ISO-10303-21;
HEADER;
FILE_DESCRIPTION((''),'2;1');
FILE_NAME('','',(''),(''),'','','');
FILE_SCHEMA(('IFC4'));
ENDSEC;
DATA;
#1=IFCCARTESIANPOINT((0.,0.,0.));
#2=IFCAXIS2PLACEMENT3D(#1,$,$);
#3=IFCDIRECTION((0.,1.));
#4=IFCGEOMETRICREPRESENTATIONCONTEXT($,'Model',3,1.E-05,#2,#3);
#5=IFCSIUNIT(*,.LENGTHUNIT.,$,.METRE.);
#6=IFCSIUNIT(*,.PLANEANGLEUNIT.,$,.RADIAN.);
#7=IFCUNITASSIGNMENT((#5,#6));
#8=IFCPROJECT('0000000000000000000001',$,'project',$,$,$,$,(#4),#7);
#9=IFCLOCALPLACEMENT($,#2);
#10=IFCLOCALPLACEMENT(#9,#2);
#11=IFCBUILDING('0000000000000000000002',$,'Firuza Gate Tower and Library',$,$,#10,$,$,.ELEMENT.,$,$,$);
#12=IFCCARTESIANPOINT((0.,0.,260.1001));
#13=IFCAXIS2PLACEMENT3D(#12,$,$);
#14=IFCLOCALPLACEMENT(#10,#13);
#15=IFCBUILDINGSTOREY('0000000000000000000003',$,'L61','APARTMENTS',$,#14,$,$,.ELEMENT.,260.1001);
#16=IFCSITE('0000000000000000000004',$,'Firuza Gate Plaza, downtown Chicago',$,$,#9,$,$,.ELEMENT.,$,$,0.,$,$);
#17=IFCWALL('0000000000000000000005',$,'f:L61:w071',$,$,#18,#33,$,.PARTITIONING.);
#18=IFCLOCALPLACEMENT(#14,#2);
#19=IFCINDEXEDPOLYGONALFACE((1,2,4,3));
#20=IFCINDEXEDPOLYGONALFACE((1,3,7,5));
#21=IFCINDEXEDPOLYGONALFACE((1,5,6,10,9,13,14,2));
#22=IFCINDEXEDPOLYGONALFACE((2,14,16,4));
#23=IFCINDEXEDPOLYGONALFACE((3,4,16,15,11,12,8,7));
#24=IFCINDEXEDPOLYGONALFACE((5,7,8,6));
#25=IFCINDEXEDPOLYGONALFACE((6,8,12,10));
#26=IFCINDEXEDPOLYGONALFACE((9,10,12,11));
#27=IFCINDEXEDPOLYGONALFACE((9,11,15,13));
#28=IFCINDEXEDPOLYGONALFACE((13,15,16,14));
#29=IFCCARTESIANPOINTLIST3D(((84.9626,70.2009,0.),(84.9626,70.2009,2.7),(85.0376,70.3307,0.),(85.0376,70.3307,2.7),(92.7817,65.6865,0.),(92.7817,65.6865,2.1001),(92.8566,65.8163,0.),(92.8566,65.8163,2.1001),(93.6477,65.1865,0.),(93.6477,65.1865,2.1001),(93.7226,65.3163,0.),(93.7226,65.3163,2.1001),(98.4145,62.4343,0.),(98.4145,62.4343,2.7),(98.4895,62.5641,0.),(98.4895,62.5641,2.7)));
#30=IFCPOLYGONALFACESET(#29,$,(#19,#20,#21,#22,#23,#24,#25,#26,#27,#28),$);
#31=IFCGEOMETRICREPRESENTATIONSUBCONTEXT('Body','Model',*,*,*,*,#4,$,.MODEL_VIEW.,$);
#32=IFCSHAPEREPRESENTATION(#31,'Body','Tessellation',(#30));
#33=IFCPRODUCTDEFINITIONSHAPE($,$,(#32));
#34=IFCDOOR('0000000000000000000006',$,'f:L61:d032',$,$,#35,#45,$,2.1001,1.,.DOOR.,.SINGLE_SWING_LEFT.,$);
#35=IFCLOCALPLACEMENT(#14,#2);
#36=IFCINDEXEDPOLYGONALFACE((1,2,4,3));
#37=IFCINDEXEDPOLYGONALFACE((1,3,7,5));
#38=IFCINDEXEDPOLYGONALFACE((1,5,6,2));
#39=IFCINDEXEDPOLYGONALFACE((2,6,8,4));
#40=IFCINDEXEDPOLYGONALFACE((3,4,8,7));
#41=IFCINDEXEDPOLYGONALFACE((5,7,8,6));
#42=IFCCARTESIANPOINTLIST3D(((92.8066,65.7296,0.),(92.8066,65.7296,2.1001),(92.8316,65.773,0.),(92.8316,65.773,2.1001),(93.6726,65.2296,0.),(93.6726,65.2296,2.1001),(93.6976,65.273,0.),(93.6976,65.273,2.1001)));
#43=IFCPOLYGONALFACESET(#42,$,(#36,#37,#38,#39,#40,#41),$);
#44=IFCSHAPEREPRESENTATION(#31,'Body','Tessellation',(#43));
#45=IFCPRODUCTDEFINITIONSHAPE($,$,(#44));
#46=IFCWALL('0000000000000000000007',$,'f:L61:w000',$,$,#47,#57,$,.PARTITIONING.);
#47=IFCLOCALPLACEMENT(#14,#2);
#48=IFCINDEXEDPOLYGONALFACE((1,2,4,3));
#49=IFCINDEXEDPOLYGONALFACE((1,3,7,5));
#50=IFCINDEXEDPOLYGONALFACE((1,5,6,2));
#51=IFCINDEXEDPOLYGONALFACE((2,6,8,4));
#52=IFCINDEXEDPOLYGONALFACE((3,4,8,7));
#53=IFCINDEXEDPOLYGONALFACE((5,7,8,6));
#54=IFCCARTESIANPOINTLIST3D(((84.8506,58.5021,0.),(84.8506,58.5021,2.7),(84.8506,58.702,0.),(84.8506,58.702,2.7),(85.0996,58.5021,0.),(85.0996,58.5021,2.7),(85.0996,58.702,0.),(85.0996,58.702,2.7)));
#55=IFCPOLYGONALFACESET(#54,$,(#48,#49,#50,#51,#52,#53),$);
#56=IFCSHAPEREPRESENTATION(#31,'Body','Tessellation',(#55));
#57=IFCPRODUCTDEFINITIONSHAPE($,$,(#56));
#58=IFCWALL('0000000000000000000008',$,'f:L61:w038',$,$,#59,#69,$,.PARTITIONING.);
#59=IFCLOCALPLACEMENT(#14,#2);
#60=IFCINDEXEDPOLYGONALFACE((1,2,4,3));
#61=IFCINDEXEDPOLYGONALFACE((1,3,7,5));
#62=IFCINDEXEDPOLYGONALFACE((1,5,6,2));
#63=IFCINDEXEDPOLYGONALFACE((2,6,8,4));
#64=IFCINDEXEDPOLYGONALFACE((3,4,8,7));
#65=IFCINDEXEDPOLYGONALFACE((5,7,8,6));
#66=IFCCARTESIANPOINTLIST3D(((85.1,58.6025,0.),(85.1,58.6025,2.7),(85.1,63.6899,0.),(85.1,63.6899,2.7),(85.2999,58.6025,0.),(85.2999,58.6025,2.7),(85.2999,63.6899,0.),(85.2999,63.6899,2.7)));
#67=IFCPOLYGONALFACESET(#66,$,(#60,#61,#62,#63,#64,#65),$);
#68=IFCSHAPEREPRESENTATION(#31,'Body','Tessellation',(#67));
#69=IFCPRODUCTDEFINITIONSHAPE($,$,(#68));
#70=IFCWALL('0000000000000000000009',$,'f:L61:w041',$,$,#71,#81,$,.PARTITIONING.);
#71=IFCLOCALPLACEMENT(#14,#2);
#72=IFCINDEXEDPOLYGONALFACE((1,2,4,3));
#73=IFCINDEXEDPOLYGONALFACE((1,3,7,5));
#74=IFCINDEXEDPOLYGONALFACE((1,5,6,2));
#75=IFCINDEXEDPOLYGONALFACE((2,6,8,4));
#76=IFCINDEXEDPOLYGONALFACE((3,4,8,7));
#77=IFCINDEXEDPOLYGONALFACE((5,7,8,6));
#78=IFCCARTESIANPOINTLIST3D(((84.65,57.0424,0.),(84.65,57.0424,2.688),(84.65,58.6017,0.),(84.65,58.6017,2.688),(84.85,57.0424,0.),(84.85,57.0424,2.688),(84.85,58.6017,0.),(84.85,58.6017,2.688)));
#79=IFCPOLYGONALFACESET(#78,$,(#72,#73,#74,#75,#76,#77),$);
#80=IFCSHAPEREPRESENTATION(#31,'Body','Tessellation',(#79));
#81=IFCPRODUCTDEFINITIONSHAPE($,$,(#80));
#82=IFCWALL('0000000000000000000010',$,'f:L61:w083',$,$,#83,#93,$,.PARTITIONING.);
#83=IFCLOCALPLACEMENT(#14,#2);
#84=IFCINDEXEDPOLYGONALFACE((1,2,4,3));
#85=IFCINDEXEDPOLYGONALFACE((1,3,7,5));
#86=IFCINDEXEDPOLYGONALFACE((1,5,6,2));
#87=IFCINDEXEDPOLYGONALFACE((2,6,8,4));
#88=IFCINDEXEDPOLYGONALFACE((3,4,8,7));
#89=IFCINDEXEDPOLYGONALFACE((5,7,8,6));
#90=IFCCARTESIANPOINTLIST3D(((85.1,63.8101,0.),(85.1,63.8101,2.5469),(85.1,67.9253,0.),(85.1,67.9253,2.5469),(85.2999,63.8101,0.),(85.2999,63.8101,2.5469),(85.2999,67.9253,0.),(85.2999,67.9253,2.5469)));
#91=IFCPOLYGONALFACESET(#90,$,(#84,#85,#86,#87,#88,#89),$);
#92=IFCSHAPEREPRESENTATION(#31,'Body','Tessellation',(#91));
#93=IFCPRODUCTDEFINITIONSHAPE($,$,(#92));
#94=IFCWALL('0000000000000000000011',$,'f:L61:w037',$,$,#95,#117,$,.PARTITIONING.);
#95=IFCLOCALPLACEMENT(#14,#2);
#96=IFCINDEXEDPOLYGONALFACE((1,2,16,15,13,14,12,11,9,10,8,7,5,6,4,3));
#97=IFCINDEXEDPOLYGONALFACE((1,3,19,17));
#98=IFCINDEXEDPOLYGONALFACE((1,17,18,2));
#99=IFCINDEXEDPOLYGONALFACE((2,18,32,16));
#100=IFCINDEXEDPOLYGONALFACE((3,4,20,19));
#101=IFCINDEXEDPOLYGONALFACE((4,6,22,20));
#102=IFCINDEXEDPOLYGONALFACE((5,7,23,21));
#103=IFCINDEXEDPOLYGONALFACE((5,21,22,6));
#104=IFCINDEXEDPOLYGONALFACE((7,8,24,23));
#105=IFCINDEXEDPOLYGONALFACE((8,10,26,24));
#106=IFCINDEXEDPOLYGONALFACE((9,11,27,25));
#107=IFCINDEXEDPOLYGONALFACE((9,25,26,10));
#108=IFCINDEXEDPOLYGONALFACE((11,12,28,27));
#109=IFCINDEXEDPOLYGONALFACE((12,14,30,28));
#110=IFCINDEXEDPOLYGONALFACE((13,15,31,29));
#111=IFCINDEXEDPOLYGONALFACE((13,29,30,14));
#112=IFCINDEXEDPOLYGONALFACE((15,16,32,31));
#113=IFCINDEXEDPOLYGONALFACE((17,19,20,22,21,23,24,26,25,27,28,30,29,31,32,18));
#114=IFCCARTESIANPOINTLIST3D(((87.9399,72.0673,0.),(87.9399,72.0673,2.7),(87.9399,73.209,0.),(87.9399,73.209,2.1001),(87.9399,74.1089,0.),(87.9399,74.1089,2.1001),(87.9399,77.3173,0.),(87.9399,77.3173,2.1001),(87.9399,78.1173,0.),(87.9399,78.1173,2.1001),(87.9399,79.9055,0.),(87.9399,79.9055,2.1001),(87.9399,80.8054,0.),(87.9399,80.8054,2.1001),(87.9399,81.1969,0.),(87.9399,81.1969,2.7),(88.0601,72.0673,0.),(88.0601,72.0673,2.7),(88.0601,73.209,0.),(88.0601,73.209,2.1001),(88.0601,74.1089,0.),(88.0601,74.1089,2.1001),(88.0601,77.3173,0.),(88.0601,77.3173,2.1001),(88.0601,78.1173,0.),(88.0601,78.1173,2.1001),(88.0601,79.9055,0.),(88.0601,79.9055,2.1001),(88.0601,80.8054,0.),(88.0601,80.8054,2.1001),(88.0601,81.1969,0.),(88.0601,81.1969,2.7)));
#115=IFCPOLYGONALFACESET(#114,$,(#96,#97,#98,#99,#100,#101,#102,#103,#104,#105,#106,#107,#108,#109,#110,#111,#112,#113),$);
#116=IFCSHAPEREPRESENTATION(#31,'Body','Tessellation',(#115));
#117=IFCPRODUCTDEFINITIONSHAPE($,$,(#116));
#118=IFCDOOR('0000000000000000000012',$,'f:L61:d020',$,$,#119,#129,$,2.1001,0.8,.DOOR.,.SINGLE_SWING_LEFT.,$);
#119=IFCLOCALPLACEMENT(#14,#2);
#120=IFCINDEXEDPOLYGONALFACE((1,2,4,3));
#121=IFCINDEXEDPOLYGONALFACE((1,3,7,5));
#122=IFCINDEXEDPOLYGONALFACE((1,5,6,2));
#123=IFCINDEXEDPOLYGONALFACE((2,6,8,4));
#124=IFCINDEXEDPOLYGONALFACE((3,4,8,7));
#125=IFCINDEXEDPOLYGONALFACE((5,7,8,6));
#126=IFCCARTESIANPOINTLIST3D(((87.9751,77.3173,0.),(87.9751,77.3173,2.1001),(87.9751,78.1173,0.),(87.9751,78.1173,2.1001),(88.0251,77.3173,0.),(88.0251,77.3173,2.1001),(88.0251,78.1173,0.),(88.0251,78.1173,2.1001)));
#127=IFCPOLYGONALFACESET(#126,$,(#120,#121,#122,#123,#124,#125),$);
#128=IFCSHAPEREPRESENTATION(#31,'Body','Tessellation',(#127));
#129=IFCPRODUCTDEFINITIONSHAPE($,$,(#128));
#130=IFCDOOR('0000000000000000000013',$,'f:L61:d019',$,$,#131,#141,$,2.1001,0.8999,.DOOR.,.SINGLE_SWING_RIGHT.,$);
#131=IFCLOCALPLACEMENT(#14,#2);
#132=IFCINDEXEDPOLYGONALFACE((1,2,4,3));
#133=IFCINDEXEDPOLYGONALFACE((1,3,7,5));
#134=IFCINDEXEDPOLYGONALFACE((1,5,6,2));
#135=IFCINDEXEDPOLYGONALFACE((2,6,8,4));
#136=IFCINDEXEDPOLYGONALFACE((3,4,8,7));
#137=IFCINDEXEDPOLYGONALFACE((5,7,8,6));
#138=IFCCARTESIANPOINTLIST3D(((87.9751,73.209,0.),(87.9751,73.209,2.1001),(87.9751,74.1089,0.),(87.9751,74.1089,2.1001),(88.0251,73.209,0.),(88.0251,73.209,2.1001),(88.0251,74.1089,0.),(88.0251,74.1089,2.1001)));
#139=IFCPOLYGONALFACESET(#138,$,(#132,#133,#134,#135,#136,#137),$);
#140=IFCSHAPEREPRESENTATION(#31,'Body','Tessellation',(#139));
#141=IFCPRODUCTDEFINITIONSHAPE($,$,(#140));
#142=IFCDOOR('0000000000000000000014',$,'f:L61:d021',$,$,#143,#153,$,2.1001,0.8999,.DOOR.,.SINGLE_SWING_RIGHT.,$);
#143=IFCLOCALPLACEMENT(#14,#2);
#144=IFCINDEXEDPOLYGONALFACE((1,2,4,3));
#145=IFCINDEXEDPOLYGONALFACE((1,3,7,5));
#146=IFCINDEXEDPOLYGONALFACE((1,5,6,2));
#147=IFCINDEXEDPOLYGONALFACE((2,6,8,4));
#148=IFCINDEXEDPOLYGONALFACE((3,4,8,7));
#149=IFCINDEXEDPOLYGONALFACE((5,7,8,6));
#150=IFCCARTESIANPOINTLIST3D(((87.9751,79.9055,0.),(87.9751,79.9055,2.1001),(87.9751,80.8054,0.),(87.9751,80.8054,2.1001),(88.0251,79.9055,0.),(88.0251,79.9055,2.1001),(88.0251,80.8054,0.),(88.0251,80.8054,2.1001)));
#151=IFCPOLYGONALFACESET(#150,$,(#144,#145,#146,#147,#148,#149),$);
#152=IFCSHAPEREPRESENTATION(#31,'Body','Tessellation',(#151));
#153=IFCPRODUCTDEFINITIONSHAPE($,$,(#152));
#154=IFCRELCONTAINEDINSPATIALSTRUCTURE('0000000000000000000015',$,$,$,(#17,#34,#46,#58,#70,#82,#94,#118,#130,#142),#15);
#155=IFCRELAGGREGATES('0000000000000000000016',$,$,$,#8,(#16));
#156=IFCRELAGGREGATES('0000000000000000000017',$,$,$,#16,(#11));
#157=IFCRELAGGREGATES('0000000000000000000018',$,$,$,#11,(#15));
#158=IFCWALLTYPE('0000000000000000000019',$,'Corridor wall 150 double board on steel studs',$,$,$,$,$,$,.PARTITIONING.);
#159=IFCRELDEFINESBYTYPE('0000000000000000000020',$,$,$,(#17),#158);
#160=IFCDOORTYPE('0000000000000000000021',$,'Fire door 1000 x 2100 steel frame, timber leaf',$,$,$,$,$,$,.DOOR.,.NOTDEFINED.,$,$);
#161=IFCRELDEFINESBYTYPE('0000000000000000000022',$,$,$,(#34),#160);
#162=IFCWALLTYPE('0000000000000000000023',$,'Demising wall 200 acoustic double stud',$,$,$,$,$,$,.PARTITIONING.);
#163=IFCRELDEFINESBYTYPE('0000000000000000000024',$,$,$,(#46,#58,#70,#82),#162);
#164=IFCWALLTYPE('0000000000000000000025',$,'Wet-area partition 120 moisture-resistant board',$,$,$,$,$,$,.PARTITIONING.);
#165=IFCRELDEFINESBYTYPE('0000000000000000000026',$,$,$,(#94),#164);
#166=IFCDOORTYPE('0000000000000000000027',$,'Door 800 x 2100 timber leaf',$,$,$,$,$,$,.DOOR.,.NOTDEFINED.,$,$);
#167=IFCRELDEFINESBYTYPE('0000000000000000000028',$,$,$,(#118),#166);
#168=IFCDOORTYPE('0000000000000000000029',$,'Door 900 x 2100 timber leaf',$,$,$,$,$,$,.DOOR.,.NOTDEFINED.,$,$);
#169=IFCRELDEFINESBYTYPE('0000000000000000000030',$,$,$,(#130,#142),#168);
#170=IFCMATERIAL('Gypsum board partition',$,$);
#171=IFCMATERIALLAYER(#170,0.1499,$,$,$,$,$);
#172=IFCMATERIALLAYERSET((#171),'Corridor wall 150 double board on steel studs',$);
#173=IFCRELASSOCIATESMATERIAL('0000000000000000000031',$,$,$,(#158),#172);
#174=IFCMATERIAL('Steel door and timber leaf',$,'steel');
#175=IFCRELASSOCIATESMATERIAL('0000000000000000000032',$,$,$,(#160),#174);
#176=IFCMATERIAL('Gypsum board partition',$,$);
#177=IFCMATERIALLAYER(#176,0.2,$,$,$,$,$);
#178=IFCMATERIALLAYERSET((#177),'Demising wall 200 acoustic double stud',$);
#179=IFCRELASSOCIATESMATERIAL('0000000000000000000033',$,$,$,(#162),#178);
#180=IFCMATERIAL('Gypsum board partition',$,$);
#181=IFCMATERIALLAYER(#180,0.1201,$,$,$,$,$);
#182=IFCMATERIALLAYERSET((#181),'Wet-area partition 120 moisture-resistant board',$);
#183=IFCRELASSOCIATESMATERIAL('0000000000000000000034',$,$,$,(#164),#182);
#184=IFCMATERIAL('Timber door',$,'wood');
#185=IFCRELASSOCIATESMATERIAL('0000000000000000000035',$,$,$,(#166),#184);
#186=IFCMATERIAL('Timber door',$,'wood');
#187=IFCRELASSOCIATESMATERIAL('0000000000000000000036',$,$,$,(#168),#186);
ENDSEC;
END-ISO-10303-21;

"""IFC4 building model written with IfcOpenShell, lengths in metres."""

from ifc_helpers import new_model, si_unit, direction, frame, frame_2d, origin, place, context, subcontext, project, spatial, rectangle, extrude, material, layer, layer_set, type_object, element, fill, save


model = new_model("IFC4")

# Units and contexts
model_context = context("Model", 3, precision=1e-05, world=origin(), true_north=direction((0.0, 1.0)))
body_context = subcontext(model_context, "Body", "Model", "MODEL_VIEW")
ifc_project = project(units=[si_unit("LENGTHUNIT", "METRE"), si_unit("PLANEANGLEUNIT", "RADIAN")], contexts=[model_context])

# Site, building, storey
site_placement = place(None, origin())
site = spatial("IfcSite", under=ifc_project, at=site_placement, Name="Firuza Gate Plaza, downtown Chicago", CompositionType="ELEMENT", RefElevation=0.0)
building_placement = place(site_placement, origin())
building = spatial("IfcBuilding", under=site, at=building_placement, Name="Firuza Gate Tower and Library", CompositionType="ELEMENT")
storey_placement = place(building_placement, frame((0.0, 0.0, 260.1001)))
storey = spatial("IfcBuildingStorey", under=building, at=storey_placement, Name="L61", Description="APARTMENTS", CompositionType="ELEMENT", Elevation=260.1001)

# Shared definitions
ifc_material_1 = material(Name="Gypsum board partition")
ifc_layer_1 = layer(ifc_material_1, 0.1499)
ifc_layer_set_1 = layer_set([ifc_layer_1], Name="Corridor wall 150 double board on steel studs")
wall_type_1 = type_object("IfcWallType", Name="Corridor wall 150 double board on steel studs", PredefinedType="PARTITIONING", material=ifc_layer_set_1)
ifc_material_2 = material(Name="Steel door and timber leaf", Category="steel")
door_type_1 = type_object("IfcDoorType", Name="Fire door 1000 x 2100 steel frame, timber leaf", OperationType="NOTDEFINED", PredefinedType="DOOR", material=ifc_material_2)

# Wall, opening, door
wall_1_placement = place(storey_placement, frame((85.0, 70.2659, 0.0), z_axis=(0.0, 0.0, 1.0), x_axis=(0.866021, -0.500007, 0.0)))
wall_1 = element("IfcWall", 1, at=wall_1_placement, inside=storey, type_object=wall_type_1, Name="f:L61:w071", PredefinedType="PARTITIONING", context=body_context, shape_type="SweptSolid", body=[
    extrude(rectangle(XDim=15.533, YDim=0.1499, at=frame_2d((7.7666, 0.0))), origin(), (0.0, 0.0, 1.0), 2.7),
])
opening_1_placement = place(wall_1_placement, frame((9.0288, 0.0, 0.0)))
opening_1 = element("IfcOpeningElement", 2, at=opening_1_placement, cuts=wall_1, PredefinedType="OPENING", context=body_context, shape_type="SweptSolid", body=[
    extrude(rectangle(XDim=1.0, YDim=2.1001, at=frame_2d((0.5, 1.05))), frame((0.0, 0.085, 0.0), z_axis=(0.0, -1.0, 0.0), x_axis=(1.0, 0.0, 0.0)), (0.0, 0.0, 1.0), 0.1699),
])
door_1_placement = place(opening_1_placement, origin())
door_1 = element("IfcDoor", 3, at=door_1_placement, inside=storey, type_object=door_type_1, Name="f:L61:d032", OperationType="SINGLE_SWING_LEFT", OverallHeight=2.1001, OverallWidth=1.0, PredefinedType="DOOR", context=body_context, shape_type="SweptSolid", body=[
    extrude(rectangle(XDim=1.0, YDim=2.1001, at=frame_2d((0.5, 1.05))), frame((0.0, 0.0249, 0.0), z_axis=(0.0, -1.0, 0.0), x_axis=(1.0, 0.0, 0.0)), (0.0, 0.0, 1.0), 0.05),
])
fill(opening_1, door_1)

# Walls
ifc_material_3 = material(Name="Gypsum board partition")
ifc_layer_2 = layer(ifc_material_3, 0.2)
ifc_layer_set_2 = layer_set([ifc_layer_2], Name="Demising wall 200 acoustic double stud")
wall_type_2 = type_object("IfcWallType", Name="Demising wall 200 acoustic double stud", PredefinedType="PARTITIONING", material=ifc_layer_set_2)
wall_2_placement = place(storey_placement, frame((84.8506, 58.6021, 0.0), z_axis=(0.0, 0.0, 1.0), x_axis=(1.0, 0.0, 0.0)))
element("IfcWall", 4, at=wall_2_placement, inside=storey, type_object=wall_type_2, Name="f:L61:w000", PredefinedType="PARTITIONING", context=body_context, shape_type="SweptSolid", body=[
    extrude(rectangle(XDim=0.249, YDim=0.2, at=frame_2d((0.1245, 0.0))), origin(), (0.0, 0.0, 1.0), 2.7),
])
wall_3_placement = place(storey_placement, frame((85.2, 58.6025, 0.0), z_axis=(0.0, 0.0, 1.0), x_axis=(0.0, 1.0, 0.0)))
element("IfcWall", 5, at=wall_3_placement, inside=storey, type_object=wall_type_2, Name="f:L61:w038", PredefinedType="PARTITIONING", context=body_context, shape_type="SweptSolid", body=[
    extrude(rectangle(XDim=5.0874, YDim=0.2, at=frame_2d((2.5437, 0.0))), origin(), (0.0, 0.0, 1.0), 2.7),
])
wall_4_placement = place(storey_placement, frame((84.75, 57.0422, 0.0), z_axis=(0.0, 0.0, 1.0), x_axis=(0.0, 1.0, 0.0)))
element("IfcWall", 6, at=wall_4_placement, inside=storey, type_object=wall_type_2, Name="f:L61:w041", PredefinedType="PARTITIONING", context=body_context, shape_type="SweptSolid", body=[
    extrude(rectangle(XDim=1.5593, YDim=0.2, at=frame_2d((0.7798, 0.0))), origin(), (0.0, 0.0, 1.0), 2.688),
])
wall_5_placement = place(storey_placement, frame((85.2, 63.8101, 0.0), z_axis=(0.0, 0.0, 1.0), x_axis=(0.0, 1.0, 0.0)))
element("IfcWall", 7, at=wall_5_placement, inside=storey, type_object=wall_type_2, Name="f:L61:w083", PredefinedType="PARTITIONING", context=body_context, shape_type="SweptSolid", body=[
    extrude(rectangle(XDim=4.1152, YDim=0.2, at=frame_2d((2.0576, 0.0))), origin(), (0.0, 0.0, 1.0), 2.5469),
])

# Wall, openings, doors
ifc_material_4 = material(Name="Gypsum board partition")
ifc_layer_3 = layer(ifc_material_4, 0.1201)
ifc_layer_set_3 = layer_set([ifc_layer_3], Name="Wet-area partition 120 moisture-resistant board")
wall_type_3 = type_object("IfcWallType", Name="Wet-area partition 120 moisture-resistant board", PredefinedType="PARTITIONING", material=ifc_layer_set_3)
wall_6_placement = place(storey_placement, frame((88.0, 72.0671, 0.0), z_axis=(0.0, 0.0, 1.0), x_axis=(0.0, 1.0, 0.0)))
wall_6 = element("IfcWall", 8, at=wall_6_placement, inside=storey, type_object=wall_type_3, Name="f:L61:w037", PredefinedType="PARTITIONING", context=body_context, shape_type="SweptSolid", body=[
    extrude(rectangle(XDim=9.1296, YDim=0.1201, at=frame_2d((4.5649, 0.0))), origin(), (0.0, 0.0, 1.0), 2.7),
])
opening_2_placement = place(wall_6_placement, frame((1.1418, 0.0, 0.0)))
opening_2 = element("IfcOpeningElement", 9, at=opening_2_placement, cuts=wall_6, PredefinedType="OPENING", context=body_context, shape_type="SweptSolid", body=[
    extrude(rectangle(XDim=0.8999, YDim=2.1001, at=frame_2d((0.45, 1.05))), frame((0.0, 0.0701, 0.0), z_axis=(0.0, -1.0, 0.0), x_axis=(1.0, 0.0, 0.0)), (0.0, 0.0, 1.0), 0.1401),
])
opening_3_placement = place(wall_6_placement, frame((5.2502, 0.0, 0.0)))
opening_3 = element("IfcOpeningElement", 10, at=opening_3_placement, cuts=wall_6, PredefinedType="OPENING", context=body_context, shape_type="SweptSolid", body=[
    extrude(rectangle(XDim=0.8, YDim=2.1001, at=frame_2d((0.3999, 1.05))), frame((0.0, 0.0701, 0.0), z_axis=(0.0, -1.0, 0.0), x_axis=(1.0, 0.0, 0.0)), (0.0, 0.0, 1.0), 0.1401),
])
opening_4_placement = place(wall_6_placement, frame((7.8384, 0.0, 0.0)))
opening_4 = element("IfcOpeningElement", 11, at=opening_4_placement, cuts=wall_6, PredefinedType="OPENING", context=body_context, shape_type="SweptSolid", body=[
    extrude(rectangle(XDim=0.8999, YDim=2.1001, at=frame_2d((0.45, 1.05))), frame((0.0, 0.0701, 0.0), z_axis=(0.0, -1.0, 0.0), x_axis=(1.0, 0.0, 0.0)), (0.0, 0.0, 1.0), 0.1401),
])
ifc_material_5 = material(Name="Timber door", Category="wood")
door_type_2 = type_object("IfcDoorType", Name="Door 800 x 2100 timber leaf", OperationType="NOTDEFINED", PredefinedType="DOOR", material=ifc_material_5)
door_2_placement = place(opening_3_placement, origin())
door_2 = element("IfcDoor", 12, at=door_2_placement, inside=storey, type_object=door_type_2, Name="f:L61:d020", OperationType="SINGLE_SWING_LEFT", OverallHeight=2.1001, OverallWidth=0.8, PredefinedType="DOOR", context=body_context, shape_type="SweptSolid", body=[
    extrude(rectangle(XDim=0.8, YDim=2.1001, at=frame_2d((0.3999, 1.05))), frame((0.0, 0.0249, 0.0), z_axis=(0.0, -1.0, 0.0), x_axis=(1.0, 0.0, 0.0)), (0.0, 0.0, 1.0), 0.05),
])
fill(opening_3, door_2)
ifc_material_6 = material(Name="Timber door", Category="wood")
door_type_3 = type_object("IfcDoorType", Name="Door 900 x 2100 timber leaf", OperationType="NOTDEFINED", PredefinedType="DOOR", material=ifc_material_6)
door_3_placement = place(opening_2_placement, origin())
door_3 = element("IfcDoor", 13, at=door_3_placement, inside=storey, type_object=door_type_3, Name="f:L61:d019", OperationType="SINGLE_SWING_RIGHT", OverallHeight=2.1001, OverallWidth=0.8999, PredefinedType="DOOR", context=body_context, shape_type="SweptSolid", body=[
    extrude(rectangle(XDim=0.8999, YDim=2.1001, at=frame_2d((0.45, 1.05))), frame((0.0, 0.0249, 0.0), z_axis=(0.0, -1.0, 0.0), x_axis=(1.0, 0.0, 0.0)), (0.0, 0.0, 1.0), 0.05),
])
fill(opening_2, door_3)
door_4_placement = place(opening_4_placement, origin())
door_4 = element("IfcDoor", 14, at=door_4_placement, inside=storey, type_object=door_type_3, Name="f:L61:d021", OperationType="SINGLE_SWING_RIGHT", OverallHeight=2.1001, OverallWidth=0.8999, PredefinedType="DOOR", context=body_context, shape_type="SweptSolid", body=[
    extrude(rectangle(XDim=0.8999, YDim=2.1001, at=frame_2d((0.45, 1.05))), frame((0.0, 0.0249, 0.0), z_axis=(0.0, -1.0, 0.0), x_axis=(1.0, 0.0, 0.0)), (0.0, 0.0, 1.0), 0.05),
])
fill(opening_4, door_4)

save(model, "model.ifc")
